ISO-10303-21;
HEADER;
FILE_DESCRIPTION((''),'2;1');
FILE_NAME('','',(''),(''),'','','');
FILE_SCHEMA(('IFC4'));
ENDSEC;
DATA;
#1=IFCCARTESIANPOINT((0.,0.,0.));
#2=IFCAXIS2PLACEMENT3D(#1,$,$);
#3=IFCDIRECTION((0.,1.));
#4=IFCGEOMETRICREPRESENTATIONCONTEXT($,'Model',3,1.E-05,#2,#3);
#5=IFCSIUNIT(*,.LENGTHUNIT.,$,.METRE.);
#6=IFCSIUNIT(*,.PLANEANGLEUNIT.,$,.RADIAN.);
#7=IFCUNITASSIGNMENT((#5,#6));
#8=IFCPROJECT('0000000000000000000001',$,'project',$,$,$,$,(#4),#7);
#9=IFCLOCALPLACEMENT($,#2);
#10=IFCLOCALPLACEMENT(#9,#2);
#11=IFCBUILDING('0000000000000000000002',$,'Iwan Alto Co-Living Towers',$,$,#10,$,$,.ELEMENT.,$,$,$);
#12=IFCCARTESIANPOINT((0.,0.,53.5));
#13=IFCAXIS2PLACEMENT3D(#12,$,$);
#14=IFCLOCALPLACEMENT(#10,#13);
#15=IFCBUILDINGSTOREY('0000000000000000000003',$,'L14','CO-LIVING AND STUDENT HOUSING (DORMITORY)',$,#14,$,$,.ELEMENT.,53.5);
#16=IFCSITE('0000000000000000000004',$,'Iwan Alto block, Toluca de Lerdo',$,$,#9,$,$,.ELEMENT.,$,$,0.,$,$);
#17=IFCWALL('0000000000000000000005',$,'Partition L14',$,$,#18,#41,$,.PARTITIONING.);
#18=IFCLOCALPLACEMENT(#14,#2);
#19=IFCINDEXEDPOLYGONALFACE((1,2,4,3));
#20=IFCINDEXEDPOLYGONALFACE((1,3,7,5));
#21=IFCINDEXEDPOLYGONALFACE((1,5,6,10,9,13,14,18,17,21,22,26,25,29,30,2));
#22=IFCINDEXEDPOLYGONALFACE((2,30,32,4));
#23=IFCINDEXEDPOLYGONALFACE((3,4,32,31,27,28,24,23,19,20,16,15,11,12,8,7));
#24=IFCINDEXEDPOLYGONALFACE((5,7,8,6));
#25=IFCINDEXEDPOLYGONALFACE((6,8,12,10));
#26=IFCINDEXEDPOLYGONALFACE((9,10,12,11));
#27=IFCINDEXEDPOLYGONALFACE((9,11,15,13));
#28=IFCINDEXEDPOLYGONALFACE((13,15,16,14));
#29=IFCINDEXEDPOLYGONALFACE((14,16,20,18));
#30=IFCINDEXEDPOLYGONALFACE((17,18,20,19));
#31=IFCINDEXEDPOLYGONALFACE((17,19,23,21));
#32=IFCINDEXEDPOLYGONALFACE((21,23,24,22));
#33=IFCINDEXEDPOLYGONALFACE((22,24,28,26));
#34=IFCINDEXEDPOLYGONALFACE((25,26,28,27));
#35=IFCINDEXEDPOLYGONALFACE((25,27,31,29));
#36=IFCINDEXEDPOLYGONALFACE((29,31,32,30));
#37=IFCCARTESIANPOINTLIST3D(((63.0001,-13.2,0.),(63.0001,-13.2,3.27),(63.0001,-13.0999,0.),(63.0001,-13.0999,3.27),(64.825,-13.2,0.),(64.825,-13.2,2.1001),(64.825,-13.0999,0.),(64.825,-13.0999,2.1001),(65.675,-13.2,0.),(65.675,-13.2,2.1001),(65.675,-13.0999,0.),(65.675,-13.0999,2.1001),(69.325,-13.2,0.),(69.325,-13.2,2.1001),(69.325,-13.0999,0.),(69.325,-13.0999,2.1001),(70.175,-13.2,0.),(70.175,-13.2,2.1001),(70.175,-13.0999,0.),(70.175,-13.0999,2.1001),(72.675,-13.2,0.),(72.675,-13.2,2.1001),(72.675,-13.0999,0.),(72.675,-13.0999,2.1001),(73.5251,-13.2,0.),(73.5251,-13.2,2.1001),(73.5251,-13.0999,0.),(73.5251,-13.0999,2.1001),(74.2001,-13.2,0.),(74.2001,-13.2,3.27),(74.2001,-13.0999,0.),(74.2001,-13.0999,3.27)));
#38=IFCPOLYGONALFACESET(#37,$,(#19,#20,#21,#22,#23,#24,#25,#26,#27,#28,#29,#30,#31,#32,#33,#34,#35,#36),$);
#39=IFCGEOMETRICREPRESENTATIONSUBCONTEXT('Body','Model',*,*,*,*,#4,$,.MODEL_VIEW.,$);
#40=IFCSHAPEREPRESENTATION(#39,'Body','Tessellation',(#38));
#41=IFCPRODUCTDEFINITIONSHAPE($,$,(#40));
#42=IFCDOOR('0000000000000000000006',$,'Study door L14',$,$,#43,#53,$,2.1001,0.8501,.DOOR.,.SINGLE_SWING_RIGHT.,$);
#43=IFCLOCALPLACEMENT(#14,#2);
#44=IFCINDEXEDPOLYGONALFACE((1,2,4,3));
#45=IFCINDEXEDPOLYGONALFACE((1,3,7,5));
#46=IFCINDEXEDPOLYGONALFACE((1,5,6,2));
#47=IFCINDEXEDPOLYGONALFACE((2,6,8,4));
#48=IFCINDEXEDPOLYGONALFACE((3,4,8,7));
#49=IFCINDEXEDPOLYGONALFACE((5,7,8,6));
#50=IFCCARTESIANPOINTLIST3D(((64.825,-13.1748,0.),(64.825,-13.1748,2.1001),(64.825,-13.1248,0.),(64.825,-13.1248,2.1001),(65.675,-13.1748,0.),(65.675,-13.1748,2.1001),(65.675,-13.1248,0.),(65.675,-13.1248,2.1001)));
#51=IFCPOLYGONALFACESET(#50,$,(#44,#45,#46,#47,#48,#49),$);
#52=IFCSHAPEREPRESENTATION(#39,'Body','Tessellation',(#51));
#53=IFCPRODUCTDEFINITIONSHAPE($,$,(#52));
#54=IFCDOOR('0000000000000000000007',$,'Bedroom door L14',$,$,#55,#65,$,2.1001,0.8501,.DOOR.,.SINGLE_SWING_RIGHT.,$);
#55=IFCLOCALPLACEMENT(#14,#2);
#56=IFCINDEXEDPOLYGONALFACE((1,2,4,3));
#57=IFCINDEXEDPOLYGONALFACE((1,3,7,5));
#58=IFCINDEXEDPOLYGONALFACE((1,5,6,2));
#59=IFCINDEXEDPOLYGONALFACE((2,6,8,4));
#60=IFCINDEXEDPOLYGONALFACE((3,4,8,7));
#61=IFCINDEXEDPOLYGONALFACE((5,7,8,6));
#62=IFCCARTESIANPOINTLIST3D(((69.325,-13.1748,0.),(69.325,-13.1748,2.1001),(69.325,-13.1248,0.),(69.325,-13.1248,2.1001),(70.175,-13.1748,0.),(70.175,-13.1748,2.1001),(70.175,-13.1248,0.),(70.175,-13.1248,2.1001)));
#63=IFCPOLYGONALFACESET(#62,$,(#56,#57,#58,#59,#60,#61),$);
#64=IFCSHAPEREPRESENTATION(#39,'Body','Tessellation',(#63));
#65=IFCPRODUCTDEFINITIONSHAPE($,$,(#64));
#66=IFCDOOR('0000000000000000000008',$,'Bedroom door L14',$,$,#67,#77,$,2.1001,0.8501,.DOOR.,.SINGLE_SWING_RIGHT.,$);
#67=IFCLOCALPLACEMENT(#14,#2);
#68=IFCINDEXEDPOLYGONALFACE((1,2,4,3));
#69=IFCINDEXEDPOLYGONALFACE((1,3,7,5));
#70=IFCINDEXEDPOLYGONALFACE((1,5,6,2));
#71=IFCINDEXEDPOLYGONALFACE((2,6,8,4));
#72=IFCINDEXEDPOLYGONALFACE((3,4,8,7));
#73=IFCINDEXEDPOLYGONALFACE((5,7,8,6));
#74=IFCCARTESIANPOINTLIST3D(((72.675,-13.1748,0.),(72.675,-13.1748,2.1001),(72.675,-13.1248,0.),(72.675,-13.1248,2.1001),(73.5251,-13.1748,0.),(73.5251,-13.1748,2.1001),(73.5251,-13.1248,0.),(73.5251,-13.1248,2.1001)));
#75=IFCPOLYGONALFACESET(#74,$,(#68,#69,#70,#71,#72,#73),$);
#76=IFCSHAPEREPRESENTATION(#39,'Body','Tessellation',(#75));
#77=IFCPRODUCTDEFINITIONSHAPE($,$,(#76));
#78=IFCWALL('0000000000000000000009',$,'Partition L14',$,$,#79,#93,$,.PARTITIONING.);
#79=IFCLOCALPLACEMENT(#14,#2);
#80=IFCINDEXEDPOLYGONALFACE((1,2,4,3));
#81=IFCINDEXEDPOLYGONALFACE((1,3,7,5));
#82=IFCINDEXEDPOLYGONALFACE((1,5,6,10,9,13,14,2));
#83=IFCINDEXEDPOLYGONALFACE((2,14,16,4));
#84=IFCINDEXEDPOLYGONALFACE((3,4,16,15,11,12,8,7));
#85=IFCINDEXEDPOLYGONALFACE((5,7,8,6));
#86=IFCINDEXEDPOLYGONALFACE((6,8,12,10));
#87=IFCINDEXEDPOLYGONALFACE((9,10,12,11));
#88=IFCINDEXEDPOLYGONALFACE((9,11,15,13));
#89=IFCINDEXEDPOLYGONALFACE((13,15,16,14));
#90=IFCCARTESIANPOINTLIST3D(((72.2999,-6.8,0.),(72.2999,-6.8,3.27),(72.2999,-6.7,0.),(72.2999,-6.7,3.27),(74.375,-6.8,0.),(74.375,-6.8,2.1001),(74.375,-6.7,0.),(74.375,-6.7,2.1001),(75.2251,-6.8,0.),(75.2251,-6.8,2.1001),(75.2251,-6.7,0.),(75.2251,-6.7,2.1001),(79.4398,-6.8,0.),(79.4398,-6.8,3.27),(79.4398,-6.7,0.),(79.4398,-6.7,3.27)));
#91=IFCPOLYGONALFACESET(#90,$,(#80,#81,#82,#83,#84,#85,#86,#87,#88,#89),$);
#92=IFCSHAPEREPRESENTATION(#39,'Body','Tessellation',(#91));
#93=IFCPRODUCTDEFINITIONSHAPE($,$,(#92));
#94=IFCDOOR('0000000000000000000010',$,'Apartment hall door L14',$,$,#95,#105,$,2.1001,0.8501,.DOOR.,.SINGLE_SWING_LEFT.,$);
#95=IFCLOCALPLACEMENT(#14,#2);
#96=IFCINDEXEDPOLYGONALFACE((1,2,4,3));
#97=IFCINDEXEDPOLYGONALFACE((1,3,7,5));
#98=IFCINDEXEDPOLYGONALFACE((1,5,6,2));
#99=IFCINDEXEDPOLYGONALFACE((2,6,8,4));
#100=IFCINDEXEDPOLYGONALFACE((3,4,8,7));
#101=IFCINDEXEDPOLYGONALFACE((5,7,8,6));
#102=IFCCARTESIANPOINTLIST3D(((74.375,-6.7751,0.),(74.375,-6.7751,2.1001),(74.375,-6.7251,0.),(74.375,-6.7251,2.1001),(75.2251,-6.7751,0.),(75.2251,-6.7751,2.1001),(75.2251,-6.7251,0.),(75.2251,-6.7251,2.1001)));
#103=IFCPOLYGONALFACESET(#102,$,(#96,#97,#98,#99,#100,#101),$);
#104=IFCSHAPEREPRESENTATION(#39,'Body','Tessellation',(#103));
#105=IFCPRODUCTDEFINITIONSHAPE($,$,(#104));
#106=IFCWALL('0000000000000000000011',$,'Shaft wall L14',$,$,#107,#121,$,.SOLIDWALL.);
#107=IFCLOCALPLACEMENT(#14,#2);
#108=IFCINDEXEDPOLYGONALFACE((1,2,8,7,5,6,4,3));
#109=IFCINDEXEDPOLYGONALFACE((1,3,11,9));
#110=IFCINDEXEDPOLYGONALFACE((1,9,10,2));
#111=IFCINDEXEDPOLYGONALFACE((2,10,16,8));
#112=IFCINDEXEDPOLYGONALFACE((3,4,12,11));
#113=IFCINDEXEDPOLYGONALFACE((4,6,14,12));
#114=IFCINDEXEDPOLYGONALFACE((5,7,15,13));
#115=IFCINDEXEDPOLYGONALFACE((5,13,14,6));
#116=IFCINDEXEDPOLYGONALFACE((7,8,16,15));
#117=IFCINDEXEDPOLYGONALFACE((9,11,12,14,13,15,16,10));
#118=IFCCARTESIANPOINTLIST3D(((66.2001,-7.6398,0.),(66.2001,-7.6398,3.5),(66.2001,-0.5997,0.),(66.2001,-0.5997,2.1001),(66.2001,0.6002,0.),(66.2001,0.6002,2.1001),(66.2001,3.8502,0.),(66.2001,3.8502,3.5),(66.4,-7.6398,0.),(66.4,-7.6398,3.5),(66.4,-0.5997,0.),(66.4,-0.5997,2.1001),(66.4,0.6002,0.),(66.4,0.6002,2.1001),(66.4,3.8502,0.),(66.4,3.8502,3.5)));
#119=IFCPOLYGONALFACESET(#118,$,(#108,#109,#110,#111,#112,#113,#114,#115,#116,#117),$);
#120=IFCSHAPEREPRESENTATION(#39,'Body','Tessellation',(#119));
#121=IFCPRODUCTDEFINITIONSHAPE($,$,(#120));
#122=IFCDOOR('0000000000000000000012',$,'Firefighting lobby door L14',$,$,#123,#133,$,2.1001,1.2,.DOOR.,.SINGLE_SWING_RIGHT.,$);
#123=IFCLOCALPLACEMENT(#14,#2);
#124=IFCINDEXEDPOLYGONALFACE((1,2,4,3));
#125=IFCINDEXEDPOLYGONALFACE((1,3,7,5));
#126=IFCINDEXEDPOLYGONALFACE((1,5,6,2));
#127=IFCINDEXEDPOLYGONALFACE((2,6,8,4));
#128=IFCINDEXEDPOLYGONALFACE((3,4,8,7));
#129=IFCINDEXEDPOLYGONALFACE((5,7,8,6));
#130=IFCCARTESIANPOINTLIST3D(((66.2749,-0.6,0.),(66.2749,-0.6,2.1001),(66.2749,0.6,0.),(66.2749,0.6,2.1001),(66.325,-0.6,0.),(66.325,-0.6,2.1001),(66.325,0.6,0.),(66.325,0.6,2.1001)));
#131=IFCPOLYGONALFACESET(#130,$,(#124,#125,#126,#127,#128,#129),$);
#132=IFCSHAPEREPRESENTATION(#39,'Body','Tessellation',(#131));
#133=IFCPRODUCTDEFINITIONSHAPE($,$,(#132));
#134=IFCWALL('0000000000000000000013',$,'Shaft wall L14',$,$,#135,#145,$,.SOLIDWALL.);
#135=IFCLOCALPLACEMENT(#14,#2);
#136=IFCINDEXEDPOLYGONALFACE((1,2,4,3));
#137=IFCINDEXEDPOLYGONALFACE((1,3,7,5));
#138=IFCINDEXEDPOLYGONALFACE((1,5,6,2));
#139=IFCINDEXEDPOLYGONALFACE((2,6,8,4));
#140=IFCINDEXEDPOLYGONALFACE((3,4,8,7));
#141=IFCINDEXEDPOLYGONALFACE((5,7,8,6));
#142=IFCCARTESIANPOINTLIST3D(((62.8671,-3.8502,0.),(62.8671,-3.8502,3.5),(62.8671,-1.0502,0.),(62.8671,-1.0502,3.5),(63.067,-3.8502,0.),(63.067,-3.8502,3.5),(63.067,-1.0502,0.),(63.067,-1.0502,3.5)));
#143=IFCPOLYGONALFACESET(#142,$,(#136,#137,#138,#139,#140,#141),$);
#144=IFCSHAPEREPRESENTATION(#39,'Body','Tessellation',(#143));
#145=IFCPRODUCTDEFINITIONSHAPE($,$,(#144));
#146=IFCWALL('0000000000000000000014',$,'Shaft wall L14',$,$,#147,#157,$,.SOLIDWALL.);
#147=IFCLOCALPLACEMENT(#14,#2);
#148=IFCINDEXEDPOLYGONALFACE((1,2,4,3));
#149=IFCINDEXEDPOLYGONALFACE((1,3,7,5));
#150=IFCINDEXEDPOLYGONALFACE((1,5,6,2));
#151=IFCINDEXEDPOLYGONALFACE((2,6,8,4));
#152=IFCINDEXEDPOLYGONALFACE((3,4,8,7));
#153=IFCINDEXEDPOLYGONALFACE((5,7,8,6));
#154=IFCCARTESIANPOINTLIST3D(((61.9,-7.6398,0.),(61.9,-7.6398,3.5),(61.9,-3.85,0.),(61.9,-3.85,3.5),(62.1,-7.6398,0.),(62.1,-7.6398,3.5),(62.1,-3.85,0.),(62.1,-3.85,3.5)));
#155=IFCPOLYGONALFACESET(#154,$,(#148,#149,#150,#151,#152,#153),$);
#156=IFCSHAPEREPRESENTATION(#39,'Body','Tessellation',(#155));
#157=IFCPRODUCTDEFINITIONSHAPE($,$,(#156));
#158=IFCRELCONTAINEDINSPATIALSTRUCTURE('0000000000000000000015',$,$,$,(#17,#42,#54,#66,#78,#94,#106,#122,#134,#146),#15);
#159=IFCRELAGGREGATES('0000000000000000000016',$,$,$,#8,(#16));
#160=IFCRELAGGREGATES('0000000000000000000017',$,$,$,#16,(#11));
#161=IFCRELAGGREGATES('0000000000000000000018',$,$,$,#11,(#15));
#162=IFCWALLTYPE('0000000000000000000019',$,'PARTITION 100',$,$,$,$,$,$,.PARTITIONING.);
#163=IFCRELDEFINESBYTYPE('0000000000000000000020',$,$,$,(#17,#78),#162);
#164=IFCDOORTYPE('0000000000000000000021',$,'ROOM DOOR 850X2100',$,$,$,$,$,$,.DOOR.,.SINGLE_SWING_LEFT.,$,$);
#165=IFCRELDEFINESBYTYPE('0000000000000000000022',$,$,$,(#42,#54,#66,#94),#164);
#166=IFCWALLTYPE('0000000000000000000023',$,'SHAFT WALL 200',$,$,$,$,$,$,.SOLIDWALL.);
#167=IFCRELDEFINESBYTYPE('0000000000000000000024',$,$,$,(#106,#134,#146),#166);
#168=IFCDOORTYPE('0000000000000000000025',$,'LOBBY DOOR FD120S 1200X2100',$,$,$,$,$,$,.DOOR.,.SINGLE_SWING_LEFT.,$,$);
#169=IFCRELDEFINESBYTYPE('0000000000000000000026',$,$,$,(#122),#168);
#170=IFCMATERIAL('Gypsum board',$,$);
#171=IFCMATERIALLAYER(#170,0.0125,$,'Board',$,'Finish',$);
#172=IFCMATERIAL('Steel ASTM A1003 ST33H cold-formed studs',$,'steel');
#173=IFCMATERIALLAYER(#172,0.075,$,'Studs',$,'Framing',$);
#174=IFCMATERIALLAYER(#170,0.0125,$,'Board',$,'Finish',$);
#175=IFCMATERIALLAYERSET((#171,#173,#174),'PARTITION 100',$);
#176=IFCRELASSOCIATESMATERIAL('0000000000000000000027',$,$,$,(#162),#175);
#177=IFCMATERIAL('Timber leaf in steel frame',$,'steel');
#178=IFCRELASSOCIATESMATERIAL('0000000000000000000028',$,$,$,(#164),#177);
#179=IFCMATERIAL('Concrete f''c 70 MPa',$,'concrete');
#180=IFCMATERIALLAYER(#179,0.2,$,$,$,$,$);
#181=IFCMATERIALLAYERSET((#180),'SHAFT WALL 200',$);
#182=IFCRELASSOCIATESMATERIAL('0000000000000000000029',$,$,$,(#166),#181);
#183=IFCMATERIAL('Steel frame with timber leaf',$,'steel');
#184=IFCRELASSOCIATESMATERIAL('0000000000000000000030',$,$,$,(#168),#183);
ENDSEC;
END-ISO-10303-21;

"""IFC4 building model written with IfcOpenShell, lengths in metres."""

from ifc_helpers import new_model, si_unit, direction, frame, frame_2d, origin, place, context, subcontext, project, spatial, rectangle, extrude, material, layer, layer_set, type_object, element, fill, save


model = new_model("IFC4")

# Units and contexts
model_context = context("Model", 3, precision=1e-05, world=origin(), true_north=direction((0.0, 1.0)))
body_context = subcontext(model_context, "Body", "Model", "MODEL_VIEW")
ifc_project = project(units=[si_unit("LENGTHUNIT", "METRE"), si_unit("PLANEANGLEUNIT", "RADIAN")], contexts=[model_context])

# Site, building, storey
site_placement = place(None, origin())
site = spatial("IfcSite", under=ifc_project, at=site_placement, Name="Iwan Alto block, Toluca de Lerdo", CompositionType="ELEMENT", RefElevation=0.0)
building_placement = place(site_placement, origin())
building = spatial("IfcBuilding", under=site, at=building_placement, Name="Iwan Alto Co-Living Towers", CompositionType="ELEMENT")
storey_placement = place(building_placement, frame((0.0, 0.0, 53.5)))
storey = spatial("IfcBuildingStorey", under=building, at=storey_placement, Name="L14", Description="CO-LIVING AND STUDENT HOUSING (DORMITORY)", CompositionType="ELEMENT", Elevation=53.5)

# Shared definitions
ifc_material_1 = material(Name="Gypsum board")
ifc_material_2 = material(Name="Steel ASTM A1003 ST33H cold-formed studs", Category="steel")

# Wall, openings, doors
ifc_layer_1 = layer(ifc_material_1, 0.0125, Name="Board", Category="Finish")
ifc_layer_2 = layer(ifc_material_2, 0.075, Name="Studs", Category="Framing")
ifc_layer_3 = layer(ifc_material_1, 0.0125, Name="Board", Category="Finish")
ifc_layer_set_1 = layer_set([ifc_layer_1, ifc_layer_2, ifc_layer_3], Name="PARTITION 100")
wall_type_1 = type_object("IfcWallType", Name="PARTITION 100", PredefinedType="PARTITIONING", material=ifc_layer_set_1)
wall_1_placement = place(storey_placement, frame((63.0, -13.1499, 0.0), z_axis=(0.0, 0.0, 1.0), x_axis=(1.0, 0.0, 0.0)))
wall_1 = element("IfcWall", 1, at=wall_1_placement, inside=storey, type_object=wall_type_1, Name="Partition L14", PredefinedType="PARTITIONING", context=body_context, shape_type="SweptSolid", body=[
    extrude(rectangle(XDim=11.2, YDim=0.1001, at=frame_2d((5.6001, 0.0))), origin(), (0.0, 0.0, 1.0), 3.27),
])
opening_1_placement = place(wall_1_placement, frame((1.825, 0.0, 0.0)))
opening_1 = element("IfcOpeningElement", 2, at=opening_1_placement, cuts=wall_1, PredefinedType="OPENING", context=body_context, shape_type="SweptSolid", body=[
    extrude(rectangle(XDim=0.8501, YDim=2.1001, at=frame_2d((0.425, 1.05))), frame((0.0, 0.0601, 0.0), z_axis=(0.0, -1.0, 0.0), x_axis=(1.0, 0.0, 0.0)), (0.0, 0.0, 1.0), 0.1201),
])
opening_2_placement = place(wall_1_placement, frame((6.325, 0.0, 0.0)))
opening_2 = element("IfcOpeningElement", 3, at=opening_2_placement, cuts=wall_1, PredefinedType="OPENING", context=body_context, shape_type="SweptSolid", body=[
    extrude(rectangle(XDim=0.8501, YDim=2.1001, at=frame_2d((0.425, 1.05))), frame((0.0, 0.0601, 0.0), z_axis=(0.0, -1.0, 0.0), x_axis=(1.0, 0.0, 0.0)), (0.0, 0.0, 1.0), 0.1201),
])
opening_3_placement = place(wall_1_placement, frame((9.675, 0.0, 0.0)))
opening_3 = element("IfcOpeningElement", 4, at=opening_3_placement, cuts=wall_1, PredefinedType="OPENING", context=body_context, shape_type="SweptSolid", body=[
    extrude(rectangle(XDim=0.8501, YDim=2.1001, at=frame_2d((0.425, 1.05))), frame((0.0, 0.0601, 0.0), z_axis=(0.0, -1.0, 0.0), x_axis=(1.0, 0.0, 0.0)), (0.0, 0.0, 1.0), 0.1201),
])
ifc_material_3 = material(Name="Timber leaf in steel frame", Category="steel")
door_type_1 = type_object("IfcDoorType", Name="ROOM DOOR 850X2100", OperationType="SINGLE_SWING_LEFT", PredefinedType="DOOR", material=ifc_material_3)
door_1_placement = place(opening_1_placement, frame((0.8501, 0.0, 0.0), z_axis=(0.0, 0.0, 1.0), x_axis=(-1.0, 0.0, 0.0)))
door_1 = element("IfcDoor", 5, at=door_1_placement, inside=storey, type_object=door_type_1, Name="Study door L14", OperationType="SINGLE_SWING_RIGHT", OverallHeight=2.1001, OverallWidth=0.8501, PredefinedType="DOOR", context=body_context, shape_type="SweptSolid", body=[
    extrude(rectangle(XDim=0.8501, YDim=2.1001, at=frame_2d((0.425, 1.05))), frame((0.0, 0.0249, 0.0), z_axis=(0.0, -1.0, 0.0), x_axis=(1.0, 0.0, 0.0)), (0.0, 0.0, 1.0), 0.05),
])
fill(opening_1, door_1)
door_2_placement = place(opening_2_placement, frame((0.8501, 0.0, 0.0), z_axis=(0.0, 0.0, 1.0), x_axis=(-1.0, 0.0, 0.0)))
door_2 = element("IfcDoor", 6, at=door_2_placement, inside=storey, type_object=door_type_1, Name="Bedroom door L14", OperationType="SINGLE_SWING_RIGHT", OverallHeight=2.1001, OverallWidth=0.8501, PredefinedType="DOOR", context=body_context, shape_type="SweptSolid", body=[
    extrude(rectangle(XDim=0.8501, YDim=2.1001, at=frame_2d((0.425, 1.05))), frame((0.0, 0.0249, 0.0), z_axis=(0.0, -1.0, 0.0), x_axis=(1.0, 0.0, 0.0)), (0.0, 0.0, 1.0), 0.05),
])
fill(opening_2, door_2)
door_3_placement = place(opening_3_placement, frame((0.8501, 0.0, 0.0), z_axis=(0.0, 0.0, 1.0), x_axis=(-1.0, 0.0, 0.0)))
door_3 = element("IfcDoor", 7, at=door_3_placement, inside=storey, type_object=door_type_1, Name="Bedroom door L14", OperationType="SINGLE_SWING_RIGHT", OverallHeight=2.1001, OverallWidth=0.8501, PredefinedType="DOOR", context=body_context, shape_type="SweptSolid", body=[
    extrude(rectangle(XDim=0.8501, YDim=2.1001, at=frame_2d((0.425, 1.05))), frame((0.0, 0.0249, 0.0), z_axis=(0.0, -1.0, 0.0), x_axis=(1.0, 0.0, 0.0)), (0.0, 0.0, 1.0), 0.05),
])
fill(opening_3, door_3)

# Walls, openings, doors
wall_2_placement = place(storey_placement, frame((72.3, -6.75, 0.0), z_axis=(0.0, 0.0, 1.0), x_axis=(1.0, 0.0, 0.0)))
wall_2 = element("IfcWall", 8, at=wall_2_placement, inside=storey, type_object=wall_type_1, Name="Partition L14", PredefinedType="PARTITIONING", context=body_context, shape_type="SweptSolid", body=[
    extrude(rectangle(XDim=7.1399, YDim=0.1001, at=frame_2d((3.5698, 0.0))), origin(), (0.0, 0.0, 1.0), 3.27),
])
opening_4_placement = place(wall_2_placement, frame((2.075, 0.0, 0.0)))
opening_4 = element("IfcOpeningElement", 9, at=opening_4_placement, cuts=wall_2, PredefinedType="OPENING", context=body_context, shape_type="SweptSolid", body=[
    extrude(rectangle(XDim=0.8501, YDim=2.1001, at=frame_2d((0.425, 1.05))), frame((0.0, 0.0601, 0.0), z_axis=(0.0, -1.0, 0.0), x_axis=(1.0, 0.0, 0.0)), (0.0, 0.0, 1.0), 0.1201),
])
door_4_placement = place(opening_4_placement, origin())
door_4 = element("IfcDoor", 10, at=door_4_placement, inside=storey, type_object=door_type_1, Name="Apartment hall door L14", OperationType="SINGLE_SWING_LEFT", OverallHeight=2.1001, OverallWidth=0.8501, PredefinedType="DOOR", context=body_context, shape_type="SweptSolid", body=[
    extrude(rectangle(XDim=0.8501, YDim=2.1001, at=frame_2d((0.425, 1.05))), frame((0.0, 0.0249, 0.0), z_axis=(0.0, -1.0, 0.0), x_axis=(1.0, 0.0, 0.0)), (0.0, 0.0, 1.0), 0.05),
])
fill(opening_4, door_4)
ifc_material_4 = material(Name="Concrete f'c 70 MPa", Category="concrete")
ifc_layer_4 = layer(ifc_material_4, 0.2)
ifc_layer_set_2 = layer_set([ifc_layer_4], Name="SHAFT WALL 200")
wall_type_2 = type_object("IfcWallType", Name="SHAFT WALL 200", PredefinedType="SOLIDWALL", material=ifc_layer_set_2)
wall_3_placement = place(storey_placement, frame((66.3, -7.6399, 0.0), z_axis=(0.0, 0.0, 1.0), x_axis=(0.0, 1.0, 0.0)))
wall_3 = element("IfcWall", 11, at=wall_3_placement, inside=storey, type_object=wall_type_2, Name="Shaft wall L14", PredefinedType="SOLIDWALL", context=body_context, shape_type="SweptSolid", body=[
    extrude(rectangle(XDim=11.49, YDim=0.2, at=frame_2d((5.7451, 0.0))), origin(), (0.0, 0.0, 1.0), 3.5),
])
opening_5_placement = place(wall_3_placement, frame((7.04, 0.0, 0.0)))
opening_5 = element("IfcOpeningElement", 12, at=opening_5_placement, cuts=wall_3, PredefinedType="OPENING", context=body_context, shape_type="SweptSolid", body=[
    extrude(rectangle(XDim=1.2, YDim=2.1001, at=frame_2d((0.6001, 1.05))), frame((0.0, 0.1099, 0.0), z_axis=(0.0, -1.0, 0.0), x_axis=(1.0, 0.0, 0.0)), (0.0, 0.0, 1.0), 0.22),
])
ifc_material_5 = material(Name="Steel frame with timber leaf", Category="steel")
door_type_2 = type_object("IfcDoorType", Name="LOBBY DOOR FD120S 1200X2100", OperationType="SINGLE_SWING_LEFT", PredefinedType="DOOR", material=ifc_material_5)
door_5_placement = place(opening_5_placement, frame((1.2, 0.0, 0.0), z_axis=(0.0, 0.0, 1.0), x_axis=(-1.0, 0.0, 0.0)))
door_5 = element("IfcDoor", 13, at=door_5_placement, inside=storey, type_object=door_type_2, Name="Firefighting lobby door L14", OperationType="SINGLE_SWING_RIGHT", OverallHeight=2.1001, OverallWidth=1.2, PredefinedType="DOOR", context=body_context, shape_type="SweptSolid", body=[
    extrude(rectangle(XDim=1.2, YDim=2.1001, at=frame_2d((0.6001, 1.05))), frame((0.0, 0.0249, 0.0), z_axis=(0.0, -1.0, 0.0), x_axis=(1.0, 0.0, 0.0)), (0.0, 0.0, 1.0), 0.05),
])
fill(opening_5, door_5)

# Walls
wall_4_placement = place(storey_placement, frame((62.967, -3.8501, 0.0), z_axis=(0.0, 0.0, 1.0), x_axis=(0.0, 1.0, 0.0)))
element("IfcWall", 14, at=wall_4_placement, inside=storey, type_object=wall_type_2, Name="Shaft wall L14", PredefinedType="SOLIDWALL", context=body_context, shape_type="SweptSolid", body=[
    extrude(rectangle(XDim=2.8, YDim=0.2, at=frame_2d((1.3999, 0.0))), origin(), (0.0, 0.0, 1.0), 3.5),
])
wall_5_placement = place(storey_placement, frame((62.0, -7.6399, 0.0), z_axis=(0.0, 0.0, 1.0), x_axis=(0.0, 1.0, 0.0)))
element("IfcWall", 15, at=wall_5_placement, inside=storey, type_object=wall_type_2, Name="Shaft wall L14", PredefinedType="SOLIDWALL", context=body_context, shape_type="SweptSolid", body=[
    extrude(rectangle(XDim=3.7898, YDim=0.2, at=frame_2d((1.895, 0.0))), origin(), (0.0, 0.0, 1.0), 3.5),
])

save(model, "model.ifc")
